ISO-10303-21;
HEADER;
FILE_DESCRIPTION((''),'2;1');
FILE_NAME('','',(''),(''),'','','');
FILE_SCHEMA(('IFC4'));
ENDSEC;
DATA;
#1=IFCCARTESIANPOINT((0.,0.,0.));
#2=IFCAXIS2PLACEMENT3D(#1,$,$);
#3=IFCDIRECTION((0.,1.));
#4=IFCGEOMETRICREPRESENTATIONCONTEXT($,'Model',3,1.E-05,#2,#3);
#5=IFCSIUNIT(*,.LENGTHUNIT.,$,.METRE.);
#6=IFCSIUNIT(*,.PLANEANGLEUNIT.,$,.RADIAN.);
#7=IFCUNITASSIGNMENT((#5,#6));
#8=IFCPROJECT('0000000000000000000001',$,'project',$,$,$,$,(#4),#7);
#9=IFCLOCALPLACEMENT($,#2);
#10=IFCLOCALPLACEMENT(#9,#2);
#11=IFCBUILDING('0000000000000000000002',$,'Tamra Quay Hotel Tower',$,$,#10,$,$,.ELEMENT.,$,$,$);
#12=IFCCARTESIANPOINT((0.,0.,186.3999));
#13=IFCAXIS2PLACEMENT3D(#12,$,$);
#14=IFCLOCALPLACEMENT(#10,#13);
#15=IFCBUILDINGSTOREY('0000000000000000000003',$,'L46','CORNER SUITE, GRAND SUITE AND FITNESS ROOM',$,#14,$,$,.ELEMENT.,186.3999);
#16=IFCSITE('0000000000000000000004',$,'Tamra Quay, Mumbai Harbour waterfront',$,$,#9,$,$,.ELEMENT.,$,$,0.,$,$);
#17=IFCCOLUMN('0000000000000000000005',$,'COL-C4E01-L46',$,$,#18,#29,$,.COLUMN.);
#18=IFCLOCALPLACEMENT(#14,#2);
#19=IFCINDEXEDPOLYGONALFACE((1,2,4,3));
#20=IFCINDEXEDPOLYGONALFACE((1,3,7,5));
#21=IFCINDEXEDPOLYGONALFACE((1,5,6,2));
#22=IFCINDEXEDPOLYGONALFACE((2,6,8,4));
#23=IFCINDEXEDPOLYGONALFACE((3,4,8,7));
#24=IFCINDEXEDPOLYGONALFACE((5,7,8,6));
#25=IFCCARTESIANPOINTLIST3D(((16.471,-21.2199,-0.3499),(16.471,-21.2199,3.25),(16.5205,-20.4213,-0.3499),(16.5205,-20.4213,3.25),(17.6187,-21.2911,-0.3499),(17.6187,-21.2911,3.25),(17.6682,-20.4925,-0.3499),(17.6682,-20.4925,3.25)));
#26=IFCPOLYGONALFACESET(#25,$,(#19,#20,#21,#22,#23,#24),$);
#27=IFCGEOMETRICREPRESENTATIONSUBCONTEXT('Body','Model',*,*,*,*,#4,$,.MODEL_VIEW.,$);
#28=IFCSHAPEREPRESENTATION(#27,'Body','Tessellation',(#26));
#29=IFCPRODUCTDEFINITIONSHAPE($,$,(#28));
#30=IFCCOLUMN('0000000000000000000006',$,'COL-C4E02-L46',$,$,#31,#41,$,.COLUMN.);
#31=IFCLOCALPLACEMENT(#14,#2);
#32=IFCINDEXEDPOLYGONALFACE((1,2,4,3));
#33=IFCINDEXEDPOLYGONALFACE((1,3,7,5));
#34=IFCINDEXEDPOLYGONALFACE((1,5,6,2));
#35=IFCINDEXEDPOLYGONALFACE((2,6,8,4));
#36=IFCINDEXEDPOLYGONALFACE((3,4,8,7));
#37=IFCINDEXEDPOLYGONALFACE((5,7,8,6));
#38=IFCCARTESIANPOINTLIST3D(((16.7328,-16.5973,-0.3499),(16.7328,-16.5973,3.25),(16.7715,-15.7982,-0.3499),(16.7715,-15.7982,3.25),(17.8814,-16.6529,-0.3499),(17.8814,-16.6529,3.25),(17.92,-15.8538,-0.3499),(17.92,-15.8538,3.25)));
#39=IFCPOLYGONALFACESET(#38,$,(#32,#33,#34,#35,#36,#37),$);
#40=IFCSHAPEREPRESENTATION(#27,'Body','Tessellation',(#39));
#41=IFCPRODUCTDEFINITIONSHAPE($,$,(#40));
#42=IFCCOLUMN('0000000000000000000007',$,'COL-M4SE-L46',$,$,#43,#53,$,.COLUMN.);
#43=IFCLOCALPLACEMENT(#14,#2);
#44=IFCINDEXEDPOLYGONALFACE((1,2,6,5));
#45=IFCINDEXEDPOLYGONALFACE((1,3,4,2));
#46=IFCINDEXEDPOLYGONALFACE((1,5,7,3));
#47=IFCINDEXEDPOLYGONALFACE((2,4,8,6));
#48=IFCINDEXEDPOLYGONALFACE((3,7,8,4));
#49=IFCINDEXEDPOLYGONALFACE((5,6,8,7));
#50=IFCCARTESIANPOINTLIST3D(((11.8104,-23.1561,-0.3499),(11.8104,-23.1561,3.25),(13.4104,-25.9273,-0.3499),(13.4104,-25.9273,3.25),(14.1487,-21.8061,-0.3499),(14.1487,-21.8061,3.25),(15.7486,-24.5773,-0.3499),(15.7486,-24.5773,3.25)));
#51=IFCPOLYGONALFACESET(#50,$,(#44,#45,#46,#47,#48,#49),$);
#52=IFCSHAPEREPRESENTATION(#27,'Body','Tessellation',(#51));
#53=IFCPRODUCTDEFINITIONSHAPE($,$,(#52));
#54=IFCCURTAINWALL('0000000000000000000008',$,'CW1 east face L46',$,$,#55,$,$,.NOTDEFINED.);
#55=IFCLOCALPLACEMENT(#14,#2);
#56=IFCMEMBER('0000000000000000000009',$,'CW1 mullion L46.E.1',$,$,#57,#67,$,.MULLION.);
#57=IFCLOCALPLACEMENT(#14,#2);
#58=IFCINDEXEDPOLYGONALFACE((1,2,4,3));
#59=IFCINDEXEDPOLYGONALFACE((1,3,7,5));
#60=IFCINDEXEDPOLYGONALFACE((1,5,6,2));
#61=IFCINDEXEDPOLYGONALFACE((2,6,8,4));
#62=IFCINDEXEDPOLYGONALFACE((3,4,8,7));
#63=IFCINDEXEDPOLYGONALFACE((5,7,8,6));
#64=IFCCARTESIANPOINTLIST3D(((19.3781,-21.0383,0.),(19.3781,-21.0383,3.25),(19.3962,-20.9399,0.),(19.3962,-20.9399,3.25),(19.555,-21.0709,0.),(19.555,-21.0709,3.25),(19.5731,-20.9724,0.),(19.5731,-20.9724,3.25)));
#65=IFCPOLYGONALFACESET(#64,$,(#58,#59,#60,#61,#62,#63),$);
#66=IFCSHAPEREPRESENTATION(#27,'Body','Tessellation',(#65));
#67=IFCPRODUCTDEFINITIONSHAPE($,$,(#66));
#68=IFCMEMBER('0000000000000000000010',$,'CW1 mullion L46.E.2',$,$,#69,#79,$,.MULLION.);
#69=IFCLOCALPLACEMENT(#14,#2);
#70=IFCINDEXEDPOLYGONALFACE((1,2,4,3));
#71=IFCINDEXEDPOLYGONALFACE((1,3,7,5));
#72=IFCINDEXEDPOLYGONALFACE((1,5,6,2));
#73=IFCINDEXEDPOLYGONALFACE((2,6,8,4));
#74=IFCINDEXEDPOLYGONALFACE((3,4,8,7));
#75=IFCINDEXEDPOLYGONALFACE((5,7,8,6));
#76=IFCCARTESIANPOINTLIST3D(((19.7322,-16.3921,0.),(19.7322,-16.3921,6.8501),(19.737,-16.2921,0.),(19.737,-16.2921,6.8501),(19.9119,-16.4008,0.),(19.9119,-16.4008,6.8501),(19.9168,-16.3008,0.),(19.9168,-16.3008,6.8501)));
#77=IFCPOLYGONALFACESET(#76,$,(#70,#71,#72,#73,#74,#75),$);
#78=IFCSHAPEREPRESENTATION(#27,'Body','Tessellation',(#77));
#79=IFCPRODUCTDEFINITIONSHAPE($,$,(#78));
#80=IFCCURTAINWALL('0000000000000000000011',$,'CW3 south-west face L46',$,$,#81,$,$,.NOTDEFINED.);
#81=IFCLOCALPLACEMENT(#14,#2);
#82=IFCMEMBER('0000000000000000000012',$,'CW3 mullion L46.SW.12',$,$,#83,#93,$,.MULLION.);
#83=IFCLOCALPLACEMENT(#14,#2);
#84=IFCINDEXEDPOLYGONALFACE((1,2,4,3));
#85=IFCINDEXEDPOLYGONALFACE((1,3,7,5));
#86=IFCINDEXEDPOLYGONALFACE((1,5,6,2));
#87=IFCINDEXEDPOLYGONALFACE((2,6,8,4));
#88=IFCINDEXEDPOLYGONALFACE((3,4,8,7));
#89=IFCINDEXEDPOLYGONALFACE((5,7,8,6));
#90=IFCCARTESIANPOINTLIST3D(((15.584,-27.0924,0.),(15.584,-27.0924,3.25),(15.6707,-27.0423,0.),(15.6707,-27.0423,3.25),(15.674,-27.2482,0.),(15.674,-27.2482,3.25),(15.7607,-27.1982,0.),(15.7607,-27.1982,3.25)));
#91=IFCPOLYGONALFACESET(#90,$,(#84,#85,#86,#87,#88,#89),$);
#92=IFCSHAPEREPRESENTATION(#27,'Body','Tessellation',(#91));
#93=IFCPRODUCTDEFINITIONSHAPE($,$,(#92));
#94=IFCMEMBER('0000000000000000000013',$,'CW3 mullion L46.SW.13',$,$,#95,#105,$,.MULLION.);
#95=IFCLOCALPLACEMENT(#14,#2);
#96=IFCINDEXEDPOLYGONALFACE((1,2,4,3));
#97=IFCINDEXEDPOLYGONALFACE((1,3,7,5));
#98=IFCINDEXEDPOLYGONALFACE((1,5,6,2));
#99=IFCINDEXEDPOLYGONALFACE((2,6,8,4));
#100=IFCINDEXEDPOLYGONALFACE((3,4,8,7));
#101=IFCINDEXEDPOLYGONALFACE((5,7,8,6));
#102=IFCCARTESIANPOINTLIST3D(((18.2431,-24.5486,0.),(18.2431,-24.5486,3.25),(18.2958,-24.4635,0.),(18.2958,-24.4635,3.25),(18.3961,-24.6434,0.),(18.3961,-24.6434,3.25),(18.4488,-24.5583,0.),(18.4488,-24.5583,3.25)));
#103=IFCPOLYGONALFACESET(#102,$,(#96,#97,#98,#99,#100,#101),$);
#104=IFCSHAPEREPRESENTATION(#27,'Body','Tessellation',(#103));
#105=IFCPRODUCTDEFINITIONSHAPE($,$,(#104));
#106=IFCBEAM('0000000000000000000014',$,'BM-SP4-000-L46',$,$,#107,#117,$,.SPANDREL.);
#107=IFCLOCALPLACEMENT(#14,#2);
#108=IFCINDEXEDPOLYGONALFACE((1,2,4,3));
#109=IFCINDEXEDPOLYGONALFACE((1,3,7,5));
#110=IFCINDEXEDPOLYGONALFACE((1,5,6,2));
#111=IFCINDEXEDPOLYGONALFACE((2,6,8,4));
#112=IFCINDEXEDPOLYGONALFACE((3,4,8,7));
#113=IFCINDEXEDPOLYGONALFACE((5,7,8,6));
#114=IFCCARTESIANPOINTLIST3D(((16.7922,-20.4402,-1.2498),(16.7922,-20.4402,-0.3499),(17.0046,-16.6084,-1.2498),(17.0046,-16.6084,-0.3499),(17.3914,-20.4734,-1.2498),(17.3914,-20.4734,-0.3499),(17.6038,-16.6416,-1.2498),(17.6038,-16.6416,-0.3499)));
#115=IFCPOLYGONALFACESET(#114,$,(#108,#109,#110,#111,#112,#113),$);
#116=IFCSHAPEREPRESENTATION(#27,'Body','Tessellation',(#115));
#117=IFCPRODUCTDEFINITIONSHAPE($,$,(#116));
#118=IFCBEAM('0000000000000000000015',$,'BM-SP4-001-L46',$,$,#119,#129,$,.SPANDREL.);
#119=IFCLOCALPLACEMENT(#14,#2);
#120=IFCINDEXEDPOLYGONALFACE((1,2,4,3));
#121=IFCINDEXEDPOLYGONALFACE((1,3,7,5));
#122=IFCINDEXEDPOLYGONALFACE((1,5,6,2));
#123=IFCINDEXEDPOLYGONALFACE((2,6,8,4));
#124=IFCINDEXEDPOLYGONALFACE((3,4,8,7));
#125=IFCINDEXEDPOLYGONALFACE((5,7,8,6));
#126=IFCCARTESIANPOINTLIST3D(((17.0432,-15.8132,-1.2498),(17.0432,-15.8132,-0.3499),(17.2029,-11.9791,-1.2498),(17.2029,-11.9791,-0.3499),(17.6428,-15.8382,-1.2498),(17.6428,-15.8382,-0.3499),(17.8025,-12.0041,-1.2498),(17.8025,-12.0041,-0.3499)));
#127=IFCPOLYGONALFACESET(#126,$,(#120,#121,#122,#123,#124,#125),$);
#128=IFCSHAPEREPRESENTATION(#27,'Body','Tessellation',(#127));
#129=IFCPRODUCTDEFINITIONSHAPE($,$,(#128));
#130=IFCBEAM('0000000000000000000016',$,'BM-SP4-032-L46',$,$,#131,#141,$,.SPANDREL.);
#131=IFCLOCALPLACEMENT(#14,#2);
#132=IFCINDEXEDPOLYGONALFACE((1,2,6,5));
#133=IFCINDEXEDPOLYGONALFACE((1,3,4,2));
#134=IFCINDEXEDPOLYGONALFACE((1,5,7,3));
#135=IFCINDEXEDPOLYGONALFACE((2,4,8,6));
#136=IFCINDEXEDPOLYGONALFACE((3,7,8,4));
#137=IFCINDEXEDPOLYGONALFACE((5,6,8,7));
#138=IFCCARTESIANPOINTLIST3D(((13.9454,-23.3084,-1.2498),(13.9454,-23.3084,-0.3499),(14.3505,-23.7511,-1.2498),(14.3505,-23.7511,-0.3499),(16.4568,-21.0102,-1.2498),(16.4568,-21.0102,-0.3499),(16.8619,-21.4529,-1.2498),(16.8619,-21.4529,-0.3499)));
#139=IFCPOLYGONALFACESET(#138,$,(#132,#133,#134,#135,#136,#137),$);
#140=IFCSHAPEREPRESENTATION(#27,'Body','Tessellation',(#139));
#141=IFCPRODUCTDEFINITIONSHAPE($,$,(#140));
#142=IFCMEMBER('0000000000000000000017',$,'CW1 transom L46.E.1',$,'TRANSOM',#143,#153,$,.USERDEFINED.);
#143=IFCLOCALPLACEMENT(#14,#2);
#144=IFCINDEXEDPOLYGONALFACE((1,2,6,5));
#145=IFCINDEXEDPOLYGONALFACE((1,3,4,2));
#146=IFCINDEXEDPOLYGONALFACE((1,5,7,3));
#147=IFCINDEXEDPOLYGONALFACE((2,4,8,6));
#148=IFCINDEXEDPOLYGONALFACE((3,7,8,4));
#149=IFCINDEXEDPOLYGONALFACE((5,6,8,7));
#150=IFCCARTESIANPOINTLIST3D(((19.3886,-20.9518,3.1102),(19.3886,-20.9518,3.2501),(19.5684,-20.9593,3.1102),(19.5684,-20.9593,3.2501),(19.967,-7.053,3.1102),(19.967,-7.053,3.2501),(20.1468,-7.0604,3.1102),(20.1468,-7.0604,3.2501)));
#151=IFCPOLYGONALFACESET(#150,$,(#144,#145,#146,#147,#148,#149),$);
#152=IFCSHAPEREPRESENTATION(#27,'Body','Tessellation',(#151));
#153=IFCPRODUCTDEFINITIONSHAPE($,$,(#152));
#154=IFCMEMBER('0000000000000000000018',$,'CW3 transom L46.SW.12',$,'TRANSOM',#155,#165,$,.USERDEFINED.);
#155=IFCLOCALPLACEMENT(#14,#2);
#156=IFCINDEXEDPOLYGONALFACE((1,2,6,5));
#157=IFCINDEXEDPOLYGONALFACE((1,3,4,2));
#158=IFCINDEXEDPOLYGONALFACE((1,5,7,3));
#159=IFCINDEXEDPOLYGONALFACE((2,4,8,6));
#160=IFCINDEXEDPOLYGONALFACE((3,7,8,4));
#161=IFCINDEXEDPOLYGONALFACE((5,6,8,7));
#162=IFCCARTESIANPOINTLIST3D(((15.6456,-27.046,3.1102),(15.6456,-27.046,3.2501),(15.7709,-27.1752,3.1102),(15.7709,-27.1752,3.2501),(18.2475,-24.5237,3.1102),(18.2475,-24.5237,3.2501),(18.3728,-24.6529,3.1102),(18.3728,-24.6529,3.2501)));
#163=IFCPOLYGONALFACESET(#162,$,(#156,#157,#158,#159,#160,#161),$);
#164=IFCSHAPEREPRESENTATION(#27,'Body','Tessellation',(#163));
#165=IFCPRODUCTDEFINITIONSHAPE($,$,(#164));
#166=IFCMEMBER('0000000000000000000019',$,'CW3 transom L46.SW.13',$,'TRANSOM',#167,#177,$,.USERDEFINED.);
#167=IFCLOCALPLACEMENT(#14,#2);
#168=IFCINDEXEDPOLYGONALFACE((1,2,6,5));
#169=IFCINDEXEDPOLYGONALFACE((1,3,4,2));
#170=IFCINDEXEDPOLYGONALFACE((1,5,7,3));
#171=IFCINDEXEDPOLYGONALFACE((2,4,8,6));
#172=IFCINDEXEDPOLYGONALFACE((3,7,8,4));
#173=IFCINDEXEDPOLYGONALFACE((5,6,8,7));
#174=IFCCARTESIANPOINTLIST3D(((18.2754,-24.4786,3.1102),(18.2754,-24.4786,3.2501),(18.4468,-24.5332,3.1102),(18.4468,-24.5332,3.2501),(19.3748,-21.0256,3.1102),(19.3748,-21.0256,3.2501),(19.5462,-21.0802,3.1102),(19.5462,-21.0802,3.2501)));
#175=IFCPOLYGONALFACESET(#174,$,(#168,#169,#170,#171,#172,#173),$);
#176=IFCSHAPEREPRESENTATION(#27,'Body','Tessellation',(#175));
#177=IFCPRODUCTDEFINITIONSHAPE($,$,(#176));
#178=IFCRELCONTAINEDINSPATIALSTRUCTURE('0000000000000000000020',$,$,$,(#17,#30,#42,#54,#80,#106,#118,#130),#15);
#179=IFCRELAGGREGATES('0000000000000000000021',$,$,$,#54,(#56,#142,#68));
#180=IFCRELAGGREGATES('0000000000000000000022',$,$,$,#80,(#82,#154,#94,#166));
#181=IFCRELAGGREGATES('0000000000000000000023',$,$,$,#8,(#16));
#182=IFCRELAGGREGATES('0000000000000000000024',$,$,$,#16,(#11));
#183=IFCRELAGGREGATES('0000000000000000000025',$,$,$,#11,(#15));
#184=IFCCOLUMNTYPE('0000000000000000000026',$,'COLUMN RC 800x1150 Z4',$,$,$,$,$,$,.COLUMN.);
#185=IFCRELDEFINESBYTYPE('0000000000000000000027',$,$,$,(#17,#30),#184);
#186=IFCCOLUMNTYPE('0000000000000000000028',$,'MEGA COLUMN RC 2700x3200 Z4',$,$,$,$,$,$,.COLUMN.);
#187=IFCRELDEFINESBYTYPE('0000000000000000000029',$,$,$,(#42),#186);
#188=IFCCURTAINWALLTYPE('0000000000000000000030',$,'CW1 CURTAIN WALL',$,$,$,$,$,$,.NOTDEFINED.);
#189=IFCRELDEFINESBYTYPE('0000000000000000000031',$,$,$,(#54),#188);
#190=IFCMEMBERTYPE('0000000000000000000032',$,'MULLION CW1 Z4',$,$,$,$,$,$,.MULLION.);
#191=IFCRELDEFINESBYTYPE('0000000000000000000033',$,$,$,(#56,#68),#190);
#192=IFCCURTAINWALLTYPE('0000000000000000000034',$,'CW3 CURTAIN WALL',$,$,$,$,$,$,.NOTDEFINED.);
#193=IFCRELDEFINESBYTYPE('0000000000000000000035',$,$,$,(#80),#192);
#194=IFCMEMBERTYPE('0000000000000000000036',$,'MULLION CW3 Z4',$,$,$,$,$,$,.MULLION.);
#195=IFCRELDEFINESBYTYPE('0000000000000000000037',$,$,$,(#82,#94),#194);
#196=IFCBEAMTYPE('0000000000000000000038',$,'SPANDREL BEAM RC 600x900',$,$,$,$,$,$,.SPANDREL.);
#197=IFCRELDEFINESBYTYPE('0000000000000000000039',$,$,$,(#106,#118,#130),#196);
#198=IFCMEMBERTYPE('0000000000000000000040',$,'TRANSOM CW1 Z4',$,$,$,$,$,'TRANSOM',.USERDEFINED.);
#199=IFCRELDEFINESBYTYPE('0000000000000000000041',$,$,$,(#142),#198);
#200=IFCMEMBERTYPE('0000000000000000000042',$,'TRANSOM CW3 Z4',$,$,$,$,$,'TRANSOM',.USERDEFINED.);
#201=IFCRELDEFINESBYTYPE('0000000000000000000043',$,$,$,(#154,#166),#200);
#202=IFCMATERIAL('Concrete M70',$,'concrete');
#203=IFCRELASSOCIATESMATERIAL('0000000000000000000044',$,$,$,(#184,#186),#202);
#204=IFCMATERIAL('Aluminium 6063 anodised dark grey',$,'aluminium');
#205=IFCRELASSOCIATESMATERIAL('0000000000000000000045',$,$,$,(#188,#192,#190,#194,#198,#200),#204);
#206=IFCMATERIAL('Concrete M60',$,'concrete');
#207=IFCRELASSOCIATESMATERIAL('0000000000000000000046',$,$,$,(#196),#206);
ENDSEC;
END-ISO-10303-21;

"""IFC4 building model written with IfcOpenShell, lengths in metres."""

from ifc_helpers import new_model, si_unit, direction, frame, origin, origin_2d, place, context, subcontext, project, spatial, rectangle, extrude, material, material_profile, profile_set, type_object, element, aggregate, save


model = new_model("IFC4")

# Units and contexts
model_context = context("Model", 3, precision=1e-05, world=origin(), true_north=direction((0.0, 1.0)))
body_context = subcontext(model_context, "Body", "Model", "MODEL_VIEW")
ifc_project = project(units=[si_unit("LENGTHUNIT", "METRE"), si_unit("PLANEANGLEUNIT", "RADIAN")], contexts=[model_context])

# Site, building, storey
site_placement = place(None, origin())
site = spatial("IfcSite", under=ifc_project, at=site_placement, Name="Tamra Quay, Mumbai Harbour waterfront", CompositionType="ELEMENT", RefElevation=0.0)
building_placement = place(site_placement, origin())
building = spatial("IfcBuilding", under=site, at=building_placement, Name="Tamra Quay Hotel Tower", CompositionType="ELEMENT")
storey_placement = place(building_placement, frame((0.0, 0.0, 186.3999)))
storey = spatial("IfcBuildingStorey", under=building, at=storey_placement, Name="L46", Description="CORNER SUITE, GRAND SUITE AND FITNESS ROOM", CompositionType="ELEMENT", Elevation=186.3999)

# Columns
ifc_material_1 = material(Name="Concrete M70", Category="concrete")
ifc_material_profile_1 = material_profile(ifc_material_1, rectangle(XDim=1.1499, YDim=0.8, at=origin_2d()), Name="COLUMN RC 800x1150 Z4")
ifc_profile_set_1 = profile_set([ifc_material_profile_1], Name="Concrete M70")
column_type_1 = type_object("IfcColumnType", Name="COLUMN RC 800x1150 Z4", PredefinedType="COLUMN", material=ifc_profile_set_1)
for number, where, z_axis, x_axis, name in (
    (1, (17.0696, -20.8562, -0.3499), (0.0, 0.0, 1.0), (-0.998081, 0.061921, 0.0), "COL-C4E01-L46"),
    (2, (17.3264, -16.2256, -0.3499), (0.0, 0.0, 1.0), (-0.998831, 0.048344, 0.0), "COL-C4E02-L46"),
):
    element("IfcColumn", number, at=place(storey_placement, frame(where, z_axis=z_axis, x_axis=x_axis)), inside=storey, type_object=column_type_1, Name=name, PredefinedType="COLUMN", context=body_context, shape_type="SweptSolid", body=[
        extrude(rectangle(XDim=1.1499, YDim=0.8, at=origin_2d()), origin(), (0.0, 0.0, 1.0), 3.5999),
    ])
ifc_material_profile_2 = material_profile(ifc_material_1, rectangle(XDim=3.2, YDim=2.7, at=origin_2d()), Name="MEGA COLUMN RC 2700x3200 Z4")
ifc_profile_set_2 = profile_set([ifc_material_profile_2], Name="Concrete M70")
column_type_2 = type_object("IfcColumnType", Name="MEGA COLUMN RC 2700x3200 Z4", PredefinedType="COLUMN", material=ifc_profile_set_2)
column_placement = place(storey_placement, frame((13.7795, -23.8667, -0.3499), z_axis=(0.0, 0.0, 1.0), x_axis=(-0.5, 0.866025, 0.0)))
element("IfcColumn", 3, at=column_placement, inside=storey, type_object=column_type_2, Name="COL-M4SE-L46", PredefinedType="COLUMN", context=body_context, shape_type="SweptSolid", body=[
    extrude(rectangle(XDim=3.2, YDim=2.7, at=origin_2d()), origin(), (0.0, 0.0, 1.0), 3.5999),
])

# Curtain walls, members
ifc_material_2 = material(Name="Aluminium 6063 anodised dark grey", Category="aluminium")
curtain_wall_type_1 = type_object("IfcCurtainWallType", Name="CW1 CURTAIN WALL", PredefinedType="NOTDEFINED", material=ifc_material_2)
curtain_wall_1_placement = place(storey_placement, origin())
curtain_wall_1 = element("IfcCurtainWall", 4, at=curtain_wall_1_placement, inside=storey, type_object=curtain_wall_type_1, Name="CW1 east face L46", PredefinedType="NOTDEFINED")
ifc_material_profile_3 = material_profile(ifc_material_2, rectangle(XDim=0.1799, YDim=0.1001, at=origin_2d()), Name="MULLION 100X180")
ifc_profile_set_3 = profile_set([ifc_material_profile_3], Name="Aluminium 6063 anodised dark grey")
member_type_1 = type_object("IfcMemberType", Name="MULLION CW1 Z4", PredefinedType="MULLION", material=ifc_profile_set_3)
member_1_placement = place(storey_placement, frame((19.4756, -21.0054, 0.0), z_axis=(0.0, 0.0, 1.0), x_axis=(0.983509, -0.180857, 0.0)))
member_1 = element("IfcMember", 5, at=member_1_placement, type_object=member_type_1, Name="CW1 mullion L46.E.1", PredefinedType="MULLION", context=body_context, shape_type="SweptSolid", body=[
    extrude(rectangle(XDim=0.1799, YDim=0.1001, at=origin_2d()), origin(), (0.0, 0.0, 1.0), 3.25),
])
member_2_placement = place(storey_placement, frame((19.8245, -16.3464, 0.0), z_axis=(0.0, 0.0, 1.0), x_axis=(0.998823, -0.048509, 0.0)))
member_2 = element("IfcMember", 6, at=member_2_placement, type_object=member_type_1, Name="CW1 mullion L46.E.2", PredefinedType="MULLION", context=body_context, shape_type="SweptSolid", body=[
    extrude(rectangle(XDim=0.1799, YDim=0.1001, at=origin_2d()), origin(), (0.0, 0.0, 1.0), 6.8501),
])
curtain_wall_type_2 = type_object("IfcCurtainWallType", Name="CW3 CURTAIN WALL", PredefinedType="NOTDEFINED", material=ifc_material_2)
curtain_wall_2_placement = place(storey_placement, origin())
curtain_wall_2 = element("IfcCurtainWall", 7, at=curtain_wall_2_placement, inside=storey, type_object=curtain_wall_type_2, Name="CW3 south-west face L46", PredefinedType="NOTDEFINED")
ifc_material_profile_4 = material_profile(ifc_material_2, rectangle(XDim=0.1799, YDim=0.1001, at=origin_2d()), Name="MULLION 100X180")
ifc_profile_set_4 = profile_set([ifc_material_profile_4], Name="Aluminium 6063 anodised dark grey")
member_type_2 = type_object("IfcMemberType", Name="MULLION CW3 Z4", PredefinedType="MULLION", material=ifc_profile_set_4)
member_3_placement = place(storey_placement, frame((15.6724, -27.1453, 0.0), z_axis=(0.0, 0.0, 1.0), x_axis=(0.5, -0.866025, 0.0)))
member_3 = element("IfcMember", 8, at=member_3_placement, type_object=member_type_2, Name="CW3 mullion L46.SW.12", PredefinedType="MULLION", context=body_context, shape_type="SweptSolid", body=[
    extrude(rectangle(XDim=0.1799, YDim=0.1001, at=origin_2d()), origin(), (0.0, 0.0, 1.0), 3.25),
])
member_4_placement = place(storey_placement, frame((18.3459, -24.5535, 0.0), z_axis=(0.0, 0.0, 1.0), x_axis=(0.850122, -0.526586, 0.0)))
member_4 = element("IfcMember", 9, at=member_4_placement, type_object=member_type_2, Name="CW3 mullion L46.SW.13", PredefinedType="MULLION", context=body_context, shape_type="SweptSolid", body=[
    extrude(rectangle(XDim=0.1799, YDim=0.1001, at=origin_2d()), origin(), (0.0, 0.0, 1.0), 3.25),
])

# Beams
ifc_material_3 = material(Name="Concrete M60", Category="concrete")
ifc_material_profile_5 = material_profile(ifc_material_3, rectangle(XDim=0.6001, YDim=0.8999, at=origin_2d()), Name="SPANDREL BEAM RC 600x900")
ifc_profile_set_5 = profile_set([ifc_material_profile_5], Name="Concrete M60")
beam_type = type_object("IfcBeamType", Name="SPANDREL BEAM RC 600x900", PredefinedType="SPANDREL", material=ifc_profile_set_5)
beam_1_placement = place(storey_placement, frame((17.0918, -20.4568, -0.7998), z_axis=(0.055347, 0.998467, 0.0), x_axis=(-0.998467, 0.055347, 0.0)))
element("IfcBeam", 10, at=beam_1_placement, inside=storey, type_object=beam_type, Name="BM-SP4-000-L46", PredefinedType="SPANDREL", context=body_context, shape_type="SweptSolid", body=[
    extrude(rectangle(XDim=0.6001, YDim=0.8999, at=origin_2d()), origin(), (0.0, 0.0, 1.0), 3.8376),
])
beam_2_placement = place(storey_placement, frame((17.343, -15.8257, -0.7998), z_axis=(0.041609, 0.999134, 0.0), x_axis=(-0.999134, 0.041609, 0.0)))
element("IfcBeam", 11, at=beam_2_placement, inside=storey, type_object=beam_type, Name="BM-SP4-001-L46", PredefinedType="SPANDREL", context=body_context, shape_type="SweptSolid", body=[
    extrude(rectangle(XDim=0.6001, YDim=0.8999, at=origin_2d()), origin(), (0.0, 0.0, 1.0), 3.8374),
])
beam_3_placement = place(storey_placement, frame((14.1479, -23.5298, -0.7998), z_axis=(0.737716, 0.675111, 0.0), x_axis=(-0.675111, 0.737716, 0.0)))
element("IfcBeam", 12, at=beam_3_placement, inside=storey, type_object=beam_type, Name="BM-SP4-032-L46", PredefinedType="SPANDREL", context=body_context, shape_type="SweptSolid", body=[
    extrude(rectangle(XDim=0.6001, YDim=0.8999, at=origin_2d()), origin(), (0.0, 0.0, 1.0), 3.4043),
])

# Members
ifc_material_profile_6 = material_profile(ifc_material_2, rectangle(XDim=0.1799, YDim=0.1399, at=origin_2d()), Name="TRANSOM 180X140")
ifc_profile_set_6 = profile_set([ifc_material_profile_6], Name="Aluminium 6063 anodised dark grey")
member_type_3 = type_object("IfcMemberType", Name="TRANSOM CW1 Z4", ElementType="TRANSOM", PredefinedType="USERDEFINED", material=ifc_profile_set_6)
member_5_placement = place(storey_placement, frame((19.4785, -20.9556, 3.1802), z_axis=(0.041577, 0.999135, 0.0), x_axis=(-0.999135, 0.041577, 0.0)))
member_5 = element("IfcMember", 13, at=member_5_placement, type_object=member_type_3, Name="CW1 transom L46.E.1", ObjectType="TRANSOM", PredefinedType="USERDEFINED", context=body_context, shape_type="SweptSolid", body=[
    extrude(rectangle(XDim=0.1799, YDim=0.1399, at=origin_2d()), origin(), (0.0, 0.0, 1.0), 13.9109),
])
ifc_material_profile_7 = material_profile(ifc_material_2, rectangle(XDim=0.1799, YDim=0.1399, at=origin_2d()), Name="TRANSOM 180X140")
ifc_profile_set_7 = profile_set([ifc_material_profile_7], Name="Aluminium 6063 anodised dark grey")
member_type_4 = type_object("IfcMemberType", Name="TRANSOM CW3 Z4", ElementType="TRANSOM", PredefinedType="USERDEFINED", material=ifc_profile_set_7)
member_6_placement = place(storey_placement, frame((15.7083, -27.1106, 3.1802), z_axis=(0.718003, 0.69604, 0.0), x_axis=(-0.69604, 0.718003, 0.0)))
member_6 = element("IfcMember", 14, at=member_6_placement, type_object=member_type_4, Name="CW3 transom L46.SW.12", ObjectType="TRANSOM", PredefinedType="USERDEFINED", context=body_context, shape_type="SweptSolid", body=[
    extrude(rectangle(XDim=0.1799, YDim=0.1399, at=origin_2d()), origin(), (0.0, 0.0, 1.0), 3.6238),
])
member_7_placement = place(storey_placement, frame((18.3611, -24.5059, 3.1802), z_axis=(0.303384, 0.952868, 0.0), x_axis=(-0.952868, 0.303384, 0.0)))
member_7 = element("IfcMember", 15, at=member_7_placement, type_object=member_type_4, Name="CW3 transom L46.SW.13", ObjectType="TRANSOM", PredefinedType="USERDEFINED", context=body_context, shape_type="SweptSolid", body=[
    extrude(rectangle(XDim=0.1799, YDim=0.1399, at=origin_2d()), origin(), (0.0, 0.0, 1.0), 3.6238),
])

aggregate(curtain_wall_1, [member_1, member_5, member_2])
aggregate(curtain_wall_2, [member_3, member_6, member_4, member_7])

save(model, "model.ifc")
